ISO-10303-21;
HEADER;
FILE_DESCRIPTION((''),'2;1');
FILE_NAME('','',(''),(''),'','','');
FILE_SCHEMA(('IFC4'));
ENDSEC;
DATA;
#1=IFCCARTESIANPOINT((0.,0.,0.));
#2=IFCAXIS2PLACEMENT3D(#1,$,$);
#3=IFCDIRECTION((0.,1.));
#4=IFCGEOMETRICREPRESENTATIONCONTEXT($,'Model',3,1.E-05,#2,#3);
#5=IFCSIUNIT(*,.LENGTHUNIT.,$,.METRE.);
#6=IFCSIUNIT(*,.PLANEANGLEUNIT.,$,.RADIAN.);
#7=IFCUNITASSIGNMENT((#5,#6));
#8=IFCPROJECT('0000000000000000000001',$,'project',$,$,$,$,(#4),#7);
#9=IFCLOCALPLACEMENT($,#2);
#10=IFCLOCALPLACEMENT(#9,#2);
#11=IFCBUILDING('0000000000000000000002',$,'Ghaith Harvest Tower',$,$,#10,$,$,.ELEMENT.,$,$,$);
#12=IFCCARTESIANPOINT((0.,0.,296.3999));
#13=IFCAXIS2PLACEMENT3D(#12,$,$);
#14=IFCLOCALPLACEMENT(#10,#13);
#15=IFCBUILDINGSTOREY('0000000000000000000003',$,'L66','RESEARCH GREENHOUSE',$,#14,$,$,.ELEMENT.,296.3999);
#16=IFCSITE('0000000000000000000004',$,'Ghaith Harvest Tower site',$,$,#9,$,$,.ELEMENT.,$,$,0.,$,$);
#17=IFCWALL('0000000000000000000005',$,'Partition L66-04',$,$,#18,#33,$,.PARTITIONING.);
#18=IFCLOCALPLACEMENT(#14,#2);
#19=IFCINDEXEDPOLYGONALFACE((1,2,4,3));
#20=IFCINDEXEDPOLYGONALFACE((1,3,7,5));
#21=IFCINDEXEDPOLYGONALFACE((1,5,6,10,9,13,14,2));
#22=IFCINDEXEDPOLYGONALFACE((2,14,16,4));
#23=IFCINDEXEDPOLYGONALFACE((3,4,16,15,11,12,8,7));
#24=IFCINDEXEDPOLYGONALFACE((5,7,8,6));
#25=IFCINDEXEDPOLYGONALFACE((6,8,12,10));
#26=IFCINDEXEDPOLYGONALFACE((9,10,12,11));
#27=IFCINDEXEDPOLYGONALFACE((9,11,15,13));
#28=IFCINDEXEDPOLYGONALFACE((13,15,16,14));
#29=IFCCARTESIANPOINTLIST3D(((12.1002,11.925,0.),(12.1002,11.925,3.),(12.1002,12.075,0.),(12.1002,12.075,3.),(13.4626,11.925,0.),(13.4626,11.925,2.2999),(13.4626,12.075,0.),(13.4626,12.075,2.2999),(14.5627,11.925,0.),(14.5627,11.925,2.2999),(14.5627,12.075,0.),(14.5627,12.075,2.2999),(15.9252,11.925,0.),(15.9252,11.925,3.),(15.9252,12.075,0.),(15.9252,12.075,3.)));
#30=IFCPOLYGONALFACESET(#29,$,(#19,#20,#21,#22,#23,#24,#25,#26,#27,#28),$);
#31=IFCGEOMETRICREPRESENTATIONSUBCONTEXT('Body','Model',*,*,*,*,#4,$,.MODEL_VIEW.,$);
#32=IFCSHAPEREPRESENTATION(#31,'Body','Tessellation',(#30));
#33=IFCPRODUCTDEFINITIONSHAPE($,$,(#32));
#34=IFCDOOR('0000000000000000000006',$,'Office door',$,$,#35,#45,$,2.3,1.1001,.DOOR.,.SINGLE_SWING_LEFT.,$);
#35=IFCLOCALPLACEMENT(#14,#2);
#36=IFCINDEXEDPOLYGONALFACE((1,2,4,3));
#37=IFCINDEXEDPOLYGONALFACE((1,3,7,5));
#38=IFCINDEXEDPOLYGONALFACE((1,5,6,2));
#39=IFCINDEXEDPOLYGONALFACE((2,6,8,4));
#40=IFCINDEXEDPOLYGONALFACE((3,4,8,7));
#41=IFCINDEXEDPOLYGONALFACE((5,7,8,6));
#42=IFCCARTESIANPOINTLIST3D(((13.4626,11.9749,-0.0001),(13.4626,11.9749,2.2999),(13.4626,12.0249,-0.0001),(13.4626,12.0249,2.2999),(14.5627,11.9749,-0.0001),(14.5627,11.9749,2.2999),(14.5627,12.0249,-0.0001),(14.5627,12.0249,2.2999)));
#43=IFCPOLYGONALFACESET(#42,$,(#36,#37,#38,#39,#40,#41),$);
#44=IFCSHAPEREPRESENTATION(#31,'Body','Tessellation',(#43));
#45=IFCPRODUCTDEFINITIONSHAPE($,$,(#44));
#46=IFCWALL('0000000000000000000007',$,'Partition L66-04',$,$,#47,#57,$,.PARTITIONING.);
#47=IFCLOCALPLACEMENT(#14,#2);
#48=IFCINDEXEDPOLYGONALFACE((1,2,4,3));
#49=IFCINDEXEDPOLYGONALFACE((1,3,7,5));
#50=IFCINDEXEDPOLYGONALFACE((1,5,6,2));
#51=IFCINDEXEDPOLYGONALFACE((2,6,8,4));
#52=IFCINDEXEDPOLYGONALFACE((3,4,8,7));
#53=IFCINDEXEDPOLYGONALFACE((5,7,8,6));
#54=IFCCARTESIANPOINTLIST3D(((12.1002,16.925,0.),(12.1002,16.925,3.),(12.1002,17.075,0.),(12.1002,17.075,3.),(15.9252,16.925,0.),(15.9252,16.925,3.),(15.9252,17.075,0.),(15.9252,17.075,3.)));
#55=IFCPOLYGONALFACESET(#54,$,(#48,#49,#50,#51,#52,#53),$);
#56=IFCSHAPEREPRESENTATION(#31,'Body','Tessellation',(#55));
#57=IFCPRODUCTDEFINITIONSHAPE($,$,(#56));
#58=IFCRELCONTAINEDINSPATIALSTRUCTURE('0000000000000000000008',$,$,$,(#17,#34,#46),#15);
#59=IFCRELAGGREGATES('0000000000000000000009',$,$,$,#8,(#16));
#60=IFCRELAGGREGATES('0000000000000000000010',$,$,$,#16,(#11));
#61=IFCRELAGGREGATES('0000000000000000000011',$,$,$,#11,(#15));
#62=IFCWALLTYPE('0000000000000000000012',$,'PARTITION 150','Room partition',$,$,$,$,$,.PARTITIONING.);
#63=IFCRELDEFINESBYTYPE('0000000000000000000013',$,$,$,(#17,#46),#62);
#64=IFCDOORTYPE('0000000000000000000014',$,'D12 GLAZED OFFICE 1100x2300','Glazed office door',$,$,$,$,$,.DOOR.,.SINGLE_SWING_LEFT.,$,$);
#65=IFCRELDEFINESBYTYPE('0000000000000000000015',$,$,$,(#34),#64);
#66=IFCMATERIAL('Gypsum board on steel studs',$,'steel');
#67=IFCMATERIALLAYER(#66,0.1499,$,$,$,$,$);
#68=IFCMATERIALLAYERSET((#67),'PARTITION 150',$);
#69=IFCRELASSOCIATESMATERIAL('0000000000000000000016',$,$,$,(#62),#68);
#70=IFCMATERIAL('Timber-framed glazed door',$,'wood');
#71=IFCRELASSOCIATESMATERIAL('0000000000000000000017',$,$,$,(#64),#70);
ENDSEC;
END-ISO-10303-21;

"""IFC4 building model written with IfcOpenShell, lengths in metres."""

from ifc_helpers import new_model, si_unit, direction, frame, frame_2d, origin, place, context, subcontext, project, spatial, rectangle, extrude, material, layer, layer_set, type_object, element, fill, save


model = new_model("IFC4")

# Units and contexts
model_context = context("Model", 3, precision=1e-05, world=origin(), true_north=direction((0.0, 1.0)))
body_context = subcontext(model_context, "Body", "Model", "MODEL_VIEW")
ifc_project = project(units=[si_unit("LENGTHUNIT", "METRE"), si_unit("PLANEANGLEUNIT", "RADIAN")], contexts=[model_context])

# Site, building, storey
site_placement = place(None, origin())
site = spatial("IfcSite", under=ifc_project, at=site_placement, Name="Ghaith Harvest Tower site", CompositionType="ELEMENT", RefElevation=0.0)
building_placement = place(site_placement, origin())
building = spatial("IfcBuilding", under=site, at=building_placement, Name="Ghaith Harvest Tower", CompositionType="ELEMENT")
storey_placement = place(building_placement, frame((0.0, 0.0, 296.3999)))
storey = spatial("IfcBuildingStorey", under=building, at=storey_placement, Name="L66", Description="RESEARCH GREENHOUSE", CompositionType="ELEMENT", Elevation=296.3999)

# Shared definitions
ifc_material_1 = material(Name="Gypsum board on steel studs", Category="steel")
ifc_layer_1 = layer(ifc_material_1, 0.1499)
ifc_layer_set_1 = layer_set([ifc_layer_1], Name="PARTITION 150")
wall_type_1 = type_object("IfcWallType", Name="PARTITION 150", Description="Room partition", PredefinedType="PARTITIONING", material=ifc_layer_set_1)

# Wall, opening, door
wall_1_placement = place(storey_placement, frame((12.1001, 12.0, 0.0), z_axis=(0.0, 0.0, 1.0), x_axis=(1.0, 0.0, 0.0)))
wall_1 = element("IfcWall", 1, at=wall_1_placement, inside=storey, type_object=wall_type_1, Name="Partition L66-04", PredefinedType="PARTITIONING", context=body_context, shape_type="SweptSolid", body=[
    extrude(rectangle(XDim=3.825, YDim=0.1499, at=frame_2d((1.9126, 0.0))), origin(), (0.0, 0.0, 1.0), 3.0),
])
opening_1_placement = place(wall_1_placement, frame((1.3625, 0.0, 0.0)))
opening_1 = element("IfcOpeningElement", 2, at=opening_1_placement, cuts=wall_1, PredefinedType="OPENING", context=body_context, shape_type="SweptSolid", body=[
    extrude(rectangle(XDim=1.1001, YDim=2.3, at=frame_2d((0.55, 1.1499))), frame((0.0, 0.085, 0.0), z_axis=(0.0, -1.0, 0.0), x_axis=(1.0, 0.0, 0.0)), (0.0, 0.0, 1.0), 0.1699),
])
ifc_material_2 = material(Name="Timber-framed glazed door", Category="wood")
door_type_1 = type_object("IfcDoorType", Name="D12 GLAZED OFFICE 1100x2300", Description="Glazed office door", OperationType="SINGLE_SWING_LEFT", PredefinedType="DOOR", material=ifc_material_2)
door_1_placement = place(opening_1_placement, origin())
door_1 = element("IfcDoor", 3, at=door_1_placement, inside=storey, type_object=door_type_1, Name="Office door", OperationType="SINGLE_SWING_LEFT", OverallHeight=2.3, OverallWidth=1.1001, PredefinedType="DOOR", context=body_context, shape_type="SweptSolid", body=[
    extrude(rectangle(XDim=1.1001, YDim=2.3, at=frame_2d((0.55, 1.1499))), frame((0.0, 0.0249, 0.0), z_axis=(0.0, -1.0, 0.0), x_axis=(1.0, 0.0, 0.0)), (0.0, 0.0, 1.0), 0.05),
])
fill(opening_1, door_1)

# Wall
wall_2_placement = place(storey_placement, frame((12.1001, 17.0, 0.0), z_axis=(0.0, 0.0, 1.0), x_axis=(1.0, 0.0, 0.0)))
element("IfcWall", 4, at=wall_2_placement, inside=storey, type_object=wall_type_1, Name="Partition L66-04", PredefinedType="PARTITIONING", context=body_context, shape_type="SweptSolid", body=[
    extrude(rectangle(XDim=3.825, YDim=0.1499, at=frame_2d((1.9126, 0.0))), origin(), (0.0, 0.0, 1.0), 3.0),
])

save(model, "model.ifc")
